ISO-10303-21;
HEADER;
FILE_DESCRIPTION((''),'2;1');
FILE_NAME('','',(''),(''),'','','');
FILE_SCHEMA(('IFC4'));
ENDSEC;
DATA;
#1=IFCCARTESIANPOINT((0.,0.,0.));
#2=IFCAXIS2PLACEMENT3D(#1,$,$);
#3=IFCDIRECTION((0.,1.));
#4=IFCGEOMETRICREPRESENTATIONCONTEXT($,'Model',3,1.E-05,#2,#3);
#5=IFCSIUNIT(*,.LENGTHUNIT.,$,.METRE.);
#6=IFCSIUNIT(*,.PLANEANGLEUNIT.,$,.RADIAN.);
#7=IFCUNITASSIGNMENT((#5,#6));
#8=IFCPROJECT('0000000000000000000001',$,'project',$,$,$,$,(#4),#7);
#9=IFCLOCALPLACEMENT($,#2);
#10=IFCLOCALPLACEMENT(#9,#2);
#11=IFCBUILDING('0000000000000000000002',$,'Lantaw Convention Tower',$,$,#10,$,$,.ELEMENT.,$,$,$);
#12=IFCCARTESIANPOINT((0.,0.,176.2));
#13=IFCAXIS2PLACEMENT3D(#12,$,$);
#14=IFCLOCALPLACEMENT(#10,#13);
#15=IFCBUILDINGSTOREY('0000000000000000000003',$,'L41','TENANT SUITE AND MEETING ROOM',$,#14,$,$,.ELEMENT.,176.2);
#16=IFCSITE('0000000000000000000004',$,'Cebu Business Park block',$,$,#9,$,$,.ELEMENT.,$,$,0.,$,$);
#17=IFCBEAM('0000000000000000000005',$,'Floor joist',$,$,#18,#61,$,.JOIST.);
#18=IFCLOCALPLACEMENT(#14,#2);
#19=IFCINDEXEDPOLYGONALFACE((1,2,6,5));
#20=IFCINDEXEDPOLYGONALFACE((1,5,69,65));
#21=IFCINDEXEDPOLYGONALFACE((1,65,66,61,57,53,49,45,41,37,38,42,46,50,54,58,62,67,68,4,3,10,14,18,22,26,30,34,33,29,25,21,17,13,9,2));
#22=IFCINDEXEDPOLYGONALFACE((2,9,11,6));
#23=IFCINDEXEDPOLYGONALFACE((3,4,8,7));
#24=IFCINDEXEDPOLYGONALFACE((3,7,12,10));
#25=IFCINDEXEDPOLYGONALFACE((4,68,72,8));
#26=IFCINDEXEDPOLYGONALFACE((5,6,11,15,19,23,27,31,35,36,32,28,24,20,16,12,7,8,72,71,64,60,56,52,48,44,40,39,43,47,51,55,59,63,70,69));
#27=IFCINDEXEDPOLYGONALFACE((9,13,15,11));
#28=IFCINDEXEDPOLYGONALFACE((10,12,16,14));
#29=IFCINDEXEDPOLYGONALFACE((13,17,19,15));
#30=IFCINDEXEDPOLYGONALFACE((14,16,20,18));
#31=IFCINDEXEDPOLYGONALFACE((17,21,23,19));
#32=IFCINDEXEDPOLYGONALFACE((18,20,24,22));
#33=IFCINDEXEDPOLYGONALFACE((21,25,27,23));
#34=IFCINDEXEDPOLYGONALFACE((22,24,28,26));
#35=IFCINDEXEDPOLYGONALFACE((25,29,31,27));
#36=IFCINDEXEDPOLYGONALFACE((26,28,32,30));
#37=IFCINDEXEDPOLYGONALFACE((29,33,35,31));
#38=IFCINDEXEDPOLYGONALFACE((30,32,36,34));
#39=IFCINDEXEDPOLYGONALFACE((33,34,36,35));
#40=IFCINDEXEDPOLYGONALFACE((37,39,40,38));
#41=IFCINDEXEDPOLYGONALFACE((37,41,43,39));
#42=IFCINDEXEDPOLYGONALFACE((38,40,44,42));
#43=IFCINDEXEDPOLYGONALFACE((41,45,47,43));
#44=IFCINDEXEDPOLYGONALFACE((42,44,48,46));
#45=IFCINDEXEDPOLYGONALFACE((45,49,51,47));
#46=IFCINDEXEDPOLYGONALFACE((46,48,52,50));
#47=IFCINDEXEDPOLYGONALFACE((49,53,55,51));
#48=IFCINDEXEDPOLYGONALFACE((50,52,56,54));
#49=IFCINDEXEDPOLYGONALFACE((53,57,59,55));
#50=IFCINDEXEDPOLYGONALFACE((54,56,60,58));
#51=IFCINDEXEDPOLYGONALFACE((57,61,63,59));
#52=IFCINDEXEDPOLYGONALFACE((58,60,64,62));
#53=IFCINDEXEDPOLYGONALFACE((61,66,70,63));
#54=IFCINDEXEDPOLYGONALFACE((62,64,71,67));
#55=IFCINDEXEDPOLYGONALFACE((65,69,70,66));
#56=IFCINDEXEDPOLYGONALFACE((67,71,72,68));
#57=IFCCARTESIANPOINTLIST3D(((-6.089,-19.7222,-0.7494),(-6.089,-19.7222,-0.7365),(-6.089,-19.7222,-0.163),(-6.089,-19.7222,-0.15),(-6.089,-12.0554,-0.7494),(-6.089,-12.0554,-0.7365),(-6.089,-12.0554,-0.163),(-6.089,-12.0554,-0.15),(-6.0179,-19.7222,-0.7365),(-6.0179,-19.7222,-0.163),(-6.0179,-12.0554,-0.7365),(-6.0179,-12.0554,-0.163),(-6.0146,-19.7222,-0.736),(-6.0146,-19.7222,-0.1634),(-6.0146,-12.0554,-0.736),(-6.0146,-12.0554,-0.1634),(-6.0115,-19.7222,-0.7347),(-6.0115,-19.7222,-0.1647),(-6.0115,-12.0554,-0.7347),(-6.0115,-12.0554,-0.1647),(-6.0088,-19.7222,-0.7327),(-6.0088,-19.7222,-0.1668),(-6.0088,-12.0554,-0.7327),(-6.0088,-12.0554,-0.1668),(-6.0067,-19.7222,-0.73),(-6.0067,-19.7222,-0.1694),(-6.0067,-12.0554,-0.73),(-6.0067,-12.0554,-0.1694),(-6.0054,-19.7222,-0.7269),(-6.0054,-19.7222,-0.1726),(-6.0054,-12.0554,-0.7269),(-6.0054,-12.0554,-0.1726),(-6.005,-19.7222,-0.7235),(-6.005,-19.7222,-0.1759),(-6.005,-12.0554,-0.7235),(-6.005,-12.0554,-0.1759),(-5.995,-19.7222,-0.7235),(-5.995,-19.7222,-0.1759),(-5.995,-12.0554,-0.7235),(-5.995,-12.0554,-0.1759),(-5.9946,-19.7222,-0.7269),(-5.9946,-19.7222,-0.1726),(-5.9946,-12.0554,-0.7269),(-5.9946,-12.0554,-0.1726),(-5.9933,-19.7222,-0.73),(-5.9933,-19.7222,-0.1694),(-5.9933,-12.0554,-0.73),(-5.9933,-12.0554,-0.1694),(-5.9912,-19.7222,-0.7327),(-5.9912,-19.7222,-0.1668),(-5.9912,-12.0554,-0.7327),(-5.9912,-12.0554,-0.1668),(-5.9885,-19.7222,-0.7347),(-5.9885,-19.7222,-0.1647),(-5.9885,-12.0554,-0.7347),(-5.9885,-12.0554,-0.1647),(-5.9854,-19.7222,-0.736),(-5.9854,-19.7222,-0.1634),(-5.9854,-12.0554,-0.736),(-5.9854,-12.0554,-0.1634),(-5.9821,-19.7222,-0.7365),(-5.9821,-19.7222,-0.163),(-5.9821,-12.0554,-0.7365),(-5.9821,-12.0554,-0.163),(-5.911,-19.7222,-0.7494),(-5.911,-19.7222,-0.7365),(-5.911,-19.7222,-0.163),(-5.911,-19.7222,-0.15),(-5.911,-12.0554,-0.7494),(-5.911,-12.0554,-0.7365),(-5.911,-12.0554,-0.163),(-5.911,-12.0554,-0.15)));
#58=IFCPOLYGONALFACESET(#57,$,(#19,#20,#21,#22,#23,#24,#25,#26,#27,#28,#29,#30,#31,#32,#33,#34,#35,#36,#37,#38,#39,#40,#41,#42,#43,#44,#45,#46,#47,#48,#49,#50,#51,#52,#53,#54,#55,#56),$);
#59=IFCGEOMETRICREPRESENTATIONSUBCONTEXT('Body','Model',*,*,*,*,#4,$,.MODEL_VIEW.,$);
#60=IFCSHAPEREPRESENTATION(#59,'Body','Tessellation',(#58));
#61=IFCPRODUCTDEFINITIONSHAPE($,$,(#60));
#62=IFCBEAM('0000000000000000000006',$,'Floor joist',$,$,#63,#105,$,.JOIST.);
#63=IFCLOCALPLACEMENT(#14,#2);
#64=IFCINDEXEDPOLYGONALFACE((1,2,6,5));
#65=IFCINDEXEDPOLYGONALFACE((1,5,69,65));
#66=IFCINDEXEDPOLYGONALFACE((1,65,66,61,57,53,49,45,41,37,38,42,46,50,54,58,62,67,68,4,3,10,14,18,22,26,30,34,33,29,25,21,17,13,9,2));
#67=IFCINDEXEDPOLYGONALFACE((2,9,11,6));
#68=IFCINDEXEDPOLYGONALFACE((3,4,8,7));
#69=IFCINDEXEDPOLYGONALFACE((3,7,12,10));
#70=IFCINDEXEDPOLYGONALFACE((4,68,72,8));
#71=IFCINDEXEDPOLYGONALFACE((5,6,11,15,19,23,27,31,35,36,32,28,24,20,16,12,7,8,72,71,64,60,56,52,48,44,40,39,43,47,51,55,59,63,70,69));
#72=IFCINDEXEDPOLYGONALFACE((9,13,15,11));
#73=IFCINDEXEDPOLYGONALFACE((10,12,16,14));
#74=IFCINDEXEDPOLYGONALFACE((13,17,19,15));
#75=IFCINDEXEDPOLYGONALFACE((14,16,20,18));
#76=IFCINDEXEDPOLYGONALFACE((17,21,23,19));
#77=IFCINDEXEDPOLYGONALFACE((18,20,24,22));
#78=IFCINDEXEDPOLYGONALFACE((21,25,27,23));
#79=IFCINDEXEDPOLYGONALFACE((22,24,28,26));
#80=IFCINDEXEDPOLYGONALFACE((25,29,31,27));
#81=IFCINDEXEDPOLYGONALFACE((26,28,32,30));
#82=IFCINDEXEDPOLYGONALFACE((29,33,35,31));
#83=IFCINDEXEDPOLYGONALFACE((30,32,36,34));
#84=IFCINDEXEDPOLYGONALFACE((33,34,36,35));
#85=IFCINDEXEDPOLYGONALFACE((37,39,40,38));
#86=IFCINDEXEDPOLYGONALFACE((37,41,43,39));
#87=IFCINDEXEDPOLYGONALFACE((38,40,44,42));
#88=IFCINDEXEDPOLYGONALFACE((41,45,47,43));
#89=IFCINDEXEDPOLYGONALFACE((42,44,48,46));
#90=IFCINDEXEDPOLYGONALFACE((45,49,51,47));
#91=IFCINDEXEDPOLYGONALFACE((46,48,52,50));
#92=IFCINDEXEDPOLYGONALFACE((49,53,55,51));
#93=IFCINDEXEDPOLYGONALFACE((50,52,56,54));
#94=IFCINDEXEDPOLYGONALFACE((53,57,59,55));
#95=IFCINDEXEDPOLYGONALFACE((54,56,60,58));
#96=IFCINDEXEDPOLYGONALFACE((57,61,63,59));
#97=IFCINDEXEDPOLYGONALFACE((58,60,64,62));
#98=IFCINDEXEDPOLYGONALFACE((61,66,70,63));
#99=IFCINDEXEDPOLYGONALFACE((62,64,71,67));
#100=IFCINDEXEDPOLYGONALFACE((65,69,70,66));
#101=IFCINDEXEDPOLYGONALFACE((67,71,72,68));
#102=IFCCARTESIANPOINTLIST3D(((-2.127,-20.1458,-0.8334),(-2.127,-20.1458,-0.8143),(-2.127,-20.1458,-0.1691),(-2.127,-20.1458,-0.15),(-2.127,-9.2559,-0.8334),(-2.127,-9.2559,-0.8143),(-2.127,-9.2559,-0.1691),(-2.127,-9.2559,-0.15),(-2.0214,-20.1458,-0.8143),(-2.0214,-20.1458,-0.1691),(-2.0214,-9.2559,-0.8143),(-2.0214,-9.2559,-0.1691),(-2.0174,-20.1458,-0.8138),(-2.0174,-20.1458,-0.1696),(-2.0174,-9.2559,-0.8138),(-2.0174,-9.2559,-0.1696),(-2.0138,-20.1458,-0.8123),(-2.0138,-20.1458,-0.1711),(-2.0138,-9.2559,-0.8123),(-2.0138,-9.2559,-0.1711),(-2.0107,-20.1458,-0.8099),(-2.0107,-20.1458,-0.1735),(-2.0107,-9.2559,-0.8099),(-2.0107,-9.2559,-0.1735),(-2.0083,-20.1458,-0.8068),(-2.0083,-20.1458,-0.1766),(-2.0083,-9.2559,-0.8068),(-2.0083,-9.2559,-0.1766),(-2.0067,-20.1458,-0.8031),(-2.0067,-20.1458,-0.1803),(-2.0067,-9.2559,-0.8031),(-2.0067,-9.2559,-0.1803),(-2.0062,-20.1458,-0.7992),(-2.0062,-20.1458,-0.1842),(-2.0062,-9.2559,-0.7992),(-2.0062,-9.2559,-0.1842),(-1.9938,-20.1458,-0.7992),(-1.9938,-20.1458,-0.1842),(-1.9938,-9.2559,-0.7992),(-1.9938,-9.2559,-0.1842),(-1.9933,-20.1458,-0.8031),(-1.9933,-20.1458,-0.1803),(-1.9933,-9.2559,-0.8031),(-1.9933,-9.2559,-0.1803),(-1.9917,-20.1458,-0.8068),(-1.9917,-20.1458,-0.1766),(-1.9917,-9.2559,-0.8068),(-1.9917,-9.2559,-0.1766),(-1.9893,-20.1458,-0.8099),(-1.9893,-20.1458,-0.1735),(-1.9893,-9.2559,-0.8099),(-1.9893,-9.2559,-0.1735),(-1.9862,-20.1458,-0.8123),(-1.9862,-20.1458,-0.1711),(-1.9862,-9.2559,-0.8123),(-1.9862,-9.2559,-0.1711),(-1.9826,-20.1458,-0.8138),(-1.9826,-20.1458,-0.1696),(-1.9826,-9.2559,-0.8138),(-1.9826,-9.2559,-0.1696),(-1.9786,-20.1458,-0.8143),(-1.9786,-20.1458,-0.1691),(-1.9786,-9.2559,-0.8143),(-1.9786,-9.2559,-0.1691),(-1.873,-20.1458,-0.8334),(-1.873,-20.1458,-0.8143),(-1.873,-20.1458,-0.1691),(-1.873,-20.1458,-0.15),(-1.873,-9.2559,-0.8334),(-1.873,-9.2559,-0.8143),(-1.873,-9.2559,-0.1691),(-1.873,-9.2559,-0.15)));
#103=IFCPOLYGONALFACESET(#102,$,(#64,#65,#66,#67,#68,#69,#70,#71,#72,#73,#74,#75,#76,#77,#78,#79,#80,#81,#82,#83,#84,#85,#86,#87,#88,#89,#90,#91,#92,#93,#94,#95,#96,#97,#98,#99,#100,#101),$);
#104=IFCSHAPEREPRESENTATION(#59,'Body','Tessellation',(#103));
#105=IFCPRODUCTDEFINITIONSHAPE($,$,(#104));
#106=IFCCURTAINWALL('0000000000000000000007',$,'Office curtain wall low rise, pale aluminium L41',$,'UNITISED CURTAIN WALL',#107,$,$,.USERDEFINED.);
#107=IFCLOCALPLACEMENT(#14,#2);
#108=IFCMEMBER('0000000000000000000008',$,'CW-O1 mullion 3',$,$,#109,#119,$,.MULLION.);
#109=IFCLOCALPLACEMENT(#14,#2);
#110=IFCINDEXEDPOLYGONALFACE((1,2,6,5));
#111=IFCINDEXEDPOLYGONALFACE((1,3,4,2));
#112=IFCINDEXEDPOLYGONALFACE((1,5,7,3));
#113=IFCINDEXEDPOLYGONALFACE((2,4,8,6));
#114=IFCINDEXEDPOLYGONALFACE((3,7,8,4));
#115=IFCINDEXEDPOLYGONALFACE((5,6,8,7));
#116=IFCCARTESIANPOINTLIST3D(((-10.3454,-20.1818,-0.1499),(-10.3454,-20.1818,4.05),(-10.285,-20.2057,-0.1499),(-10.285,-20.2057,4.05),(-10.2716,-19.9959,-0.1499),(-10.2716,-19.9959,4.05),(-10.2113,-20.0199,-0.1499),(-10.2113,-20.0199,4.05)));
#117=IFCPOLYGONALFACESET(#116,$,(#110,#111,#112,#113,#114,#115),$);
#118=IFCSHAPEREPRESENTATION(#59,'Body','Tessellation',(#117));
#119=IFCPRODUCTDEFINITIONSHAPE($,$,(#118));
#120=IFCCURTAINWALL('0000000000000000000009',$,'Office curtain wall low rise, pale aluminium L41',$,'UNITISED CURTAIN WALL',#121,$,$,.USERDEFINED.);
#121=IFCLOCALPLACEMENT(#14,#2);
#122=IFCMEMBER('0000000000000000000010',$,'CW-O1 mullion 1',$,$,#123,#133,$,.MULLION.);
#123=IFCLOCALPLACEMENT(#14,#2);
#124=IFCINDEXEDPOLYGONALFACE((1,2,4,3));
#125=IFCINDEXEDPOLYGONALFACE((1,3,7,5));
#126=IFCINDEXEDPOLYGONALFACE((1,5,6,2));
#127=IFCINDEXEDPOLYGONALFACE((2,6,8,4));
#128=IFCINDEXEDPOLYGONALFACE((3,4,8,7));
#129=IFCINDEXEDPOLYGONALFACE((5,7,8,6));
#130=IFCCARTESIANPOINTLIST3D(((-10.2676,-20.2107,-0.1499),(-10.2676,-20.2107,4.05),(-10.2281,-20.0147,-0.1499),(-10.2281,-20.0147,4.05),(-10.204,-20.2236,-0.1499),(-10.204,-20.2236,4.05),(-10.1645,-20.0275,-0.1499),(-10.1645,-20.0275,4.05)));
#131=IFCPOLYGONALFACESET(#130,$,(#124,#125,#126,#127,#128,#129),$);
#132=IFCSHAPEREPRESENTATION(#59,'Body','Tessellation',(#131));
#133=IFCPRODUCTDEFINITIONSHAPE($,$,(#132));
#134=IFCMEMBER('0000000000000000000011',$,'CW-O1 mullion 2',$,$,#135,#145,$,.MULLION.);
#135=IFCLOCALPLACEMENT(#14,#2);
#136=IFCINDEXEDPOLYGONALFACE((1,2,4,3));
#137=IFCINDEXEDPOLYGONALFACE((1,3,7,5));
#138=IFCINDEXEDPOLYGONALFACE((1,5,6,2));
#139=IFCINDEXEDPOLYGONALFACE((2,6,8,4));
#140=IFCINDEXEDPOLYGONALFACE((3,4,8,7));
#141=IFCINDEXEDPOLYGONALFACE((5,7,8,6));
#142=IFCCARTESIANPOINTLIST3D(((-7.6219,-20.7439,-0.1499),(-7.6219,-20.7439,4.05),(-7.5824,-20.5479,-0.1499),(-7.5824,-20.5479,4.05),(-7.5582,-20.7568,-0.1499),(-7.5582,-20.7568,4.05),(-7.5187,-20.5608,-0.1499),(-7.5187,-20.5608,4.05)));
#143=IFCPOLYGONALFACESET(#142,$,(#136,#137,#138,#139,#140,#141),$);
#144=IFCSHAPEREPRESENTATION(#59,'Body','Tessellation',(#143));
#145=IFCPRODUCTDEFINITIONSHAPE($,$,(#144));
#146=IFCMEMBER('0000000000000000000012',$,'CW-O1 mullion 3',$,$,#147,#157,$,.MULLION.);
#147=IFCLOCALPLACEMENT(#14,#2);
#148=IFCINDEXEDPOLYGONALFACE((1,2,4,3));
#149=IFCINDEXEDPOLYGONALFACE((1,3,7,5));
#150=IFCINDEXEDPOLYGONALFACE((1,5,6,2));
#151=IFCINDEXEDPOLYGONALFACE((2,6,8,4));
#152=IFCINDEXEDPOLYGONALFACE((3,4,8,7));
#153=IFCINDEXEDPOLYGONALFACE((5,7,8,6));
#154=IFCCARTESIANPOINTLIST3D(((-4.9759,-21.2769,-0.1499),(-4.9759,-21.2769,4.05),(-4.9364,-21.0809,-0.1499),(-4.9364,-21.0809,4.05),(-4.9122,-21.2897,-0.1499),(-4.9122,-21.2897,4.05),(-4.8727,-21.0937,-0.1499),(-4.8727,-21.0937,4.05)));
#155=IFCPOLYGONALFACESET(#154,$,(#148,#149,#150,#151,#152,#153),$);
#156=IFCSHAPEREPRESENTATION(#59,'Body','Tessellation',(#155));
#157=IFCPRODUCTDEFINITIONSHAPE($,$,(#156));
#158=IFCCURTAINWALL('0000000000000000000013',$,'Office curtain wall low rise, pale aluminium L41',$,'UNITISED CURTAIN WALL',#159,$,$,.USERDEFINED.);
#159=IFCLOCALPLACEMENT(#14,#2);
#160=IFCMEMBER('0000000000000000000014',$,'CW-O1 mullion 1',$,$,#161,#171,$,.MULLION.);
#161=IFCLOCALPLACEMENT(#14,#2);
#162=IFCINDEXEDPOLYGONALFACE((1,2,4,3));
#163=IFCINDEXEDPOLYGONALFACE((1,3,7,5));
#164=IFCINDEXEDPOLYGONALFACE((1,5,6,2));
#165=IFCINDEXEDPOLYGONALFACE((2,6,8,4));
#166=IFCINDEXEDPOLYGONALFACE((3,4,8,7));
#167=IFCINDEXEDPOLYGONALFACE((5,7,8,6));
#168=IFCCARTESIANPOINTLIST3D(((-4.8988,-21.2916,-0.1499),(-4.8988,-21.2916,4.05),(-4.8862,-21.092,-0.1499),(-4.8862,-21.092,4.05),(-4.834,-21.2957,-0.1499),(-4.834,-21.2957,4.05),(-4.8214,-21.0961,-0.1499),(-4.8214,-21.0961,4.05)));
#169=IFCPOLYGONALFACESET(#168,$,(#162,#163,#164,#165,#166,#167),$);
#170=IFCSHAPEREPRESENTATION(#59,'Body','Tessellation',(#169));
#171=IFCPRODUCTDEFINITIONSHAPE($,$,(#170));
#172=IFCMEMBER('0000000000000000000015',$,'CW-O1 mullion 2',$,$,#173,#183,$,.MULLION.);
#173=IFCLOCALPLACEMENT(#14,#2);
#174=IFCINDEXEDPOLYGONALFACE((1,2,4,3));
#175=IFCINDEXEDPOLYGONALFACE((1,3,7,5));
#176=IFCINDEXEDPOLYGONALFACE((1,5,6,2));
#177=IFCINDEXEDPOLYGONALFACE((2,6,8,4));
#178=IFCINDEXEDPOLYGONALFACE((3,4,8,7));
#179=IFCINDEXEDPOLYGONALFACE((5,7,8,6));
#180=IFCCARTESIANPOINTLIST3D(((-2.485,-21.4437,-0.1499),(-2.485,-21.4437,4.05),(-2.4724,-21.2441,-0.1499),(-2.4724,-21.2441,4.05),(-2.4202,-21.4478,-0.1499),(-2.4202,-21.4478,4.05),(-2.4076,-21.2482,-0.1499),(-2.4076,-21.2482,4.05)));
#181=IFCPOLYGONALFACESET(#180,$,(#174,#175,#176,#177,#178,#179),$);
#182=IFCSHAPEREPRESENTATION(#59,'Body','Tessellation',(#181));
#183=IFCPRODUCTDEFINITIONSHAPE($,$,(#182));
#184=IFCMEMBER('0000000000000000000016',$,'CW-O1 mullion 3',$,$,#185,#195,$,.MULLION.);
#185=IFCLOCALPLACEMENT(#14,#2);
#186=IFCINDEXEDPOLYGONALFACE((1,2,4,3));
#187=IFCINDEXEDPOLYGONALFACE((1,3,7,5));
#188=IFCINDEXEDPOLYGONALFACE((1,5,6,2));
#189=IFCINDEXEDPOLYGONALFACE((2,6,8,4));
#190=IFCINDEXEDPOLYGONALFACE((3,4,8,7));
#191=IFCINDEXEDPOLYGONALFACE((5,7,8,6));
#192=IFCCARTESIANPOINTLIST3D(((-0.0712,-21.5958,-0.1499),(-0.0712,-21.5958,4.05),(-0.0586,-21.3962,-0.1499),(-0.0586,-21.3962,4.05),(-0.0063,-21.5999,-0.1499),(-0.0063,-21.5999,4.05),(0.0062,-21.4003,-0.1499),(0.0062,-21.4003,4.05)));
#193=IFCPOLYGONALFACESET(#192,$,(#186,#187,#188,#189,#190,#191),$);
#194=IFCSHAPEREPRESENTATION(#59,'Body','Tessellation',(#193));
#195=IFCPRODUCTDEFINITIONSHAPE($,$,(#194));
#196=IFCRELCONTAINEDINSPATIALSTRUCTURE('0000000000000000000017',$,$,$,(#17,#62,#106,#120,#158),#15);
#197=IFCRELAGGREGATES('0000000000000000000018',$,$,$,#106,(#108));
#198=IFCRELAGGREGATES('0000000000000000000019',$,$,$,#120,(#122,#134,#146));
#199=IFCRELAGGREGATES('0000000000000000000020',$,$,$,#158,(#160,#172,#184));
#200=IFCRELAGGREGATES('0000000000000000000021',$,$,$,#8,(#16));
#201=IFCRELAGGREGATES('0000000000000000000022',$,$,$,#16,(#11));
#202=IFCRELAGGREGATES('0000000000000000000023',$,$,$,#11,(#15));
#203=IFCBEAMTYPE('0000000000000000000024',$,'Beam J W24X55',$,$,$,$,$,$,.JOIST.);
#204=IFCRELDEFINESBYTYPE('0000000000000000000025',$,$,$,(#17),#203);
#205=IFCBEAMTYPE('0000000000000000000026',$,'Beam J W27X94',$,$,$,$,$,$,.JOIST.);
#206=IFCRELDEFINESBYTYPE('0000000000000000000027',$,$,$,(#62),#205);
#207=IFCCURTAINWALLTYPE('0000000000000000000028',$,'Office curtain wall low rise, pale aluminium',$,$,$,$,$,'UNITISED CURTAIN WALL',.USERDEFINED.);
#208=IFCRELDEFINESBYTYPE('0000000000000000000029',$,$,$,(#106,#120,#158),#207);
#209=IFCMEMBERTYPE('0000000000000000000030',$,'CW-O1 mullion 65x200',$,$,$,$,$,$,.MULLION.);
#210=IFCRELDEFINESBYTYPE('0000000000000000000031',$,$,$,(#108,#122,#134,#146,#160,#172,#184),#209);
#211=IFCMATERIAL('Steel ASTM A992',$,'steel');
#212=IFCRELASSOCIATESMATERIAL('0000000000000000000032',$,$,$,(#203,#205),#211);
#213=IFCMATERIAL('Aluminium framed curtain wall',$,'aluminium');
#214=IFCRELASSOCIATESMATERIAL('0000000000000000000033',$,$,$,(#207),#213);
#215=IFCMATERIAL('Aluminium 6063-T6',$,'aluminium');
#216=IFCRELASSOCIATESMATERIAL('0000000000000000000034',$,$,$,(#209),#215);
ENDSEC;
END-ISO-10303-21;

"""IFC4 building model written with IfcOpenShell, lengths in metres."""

from ifc_helpers import new_model, si_unit, direction, frame, origin, origin_2d, place, context, subcontext, project, spatial, rectangle, i_section, extrude, material, material_profile, profile_set, type_object, element, aggregate, save


model = new_model("IFC4")

# Units and contexts
model_context = context("Model", 3, precision=1e-05, world=origin(), true_north=direction((0.0, 1.0)))
body_context = subcontext(model_context, "Body", "Model", "MODEL_VIEW")
ifc_project = project(units=[si_unit("LENGTHUNIT", "METRE"), si_unit("PLANEANGLEUNIT", "RADIAN")], contexts=[model_context])

# Site, building, storey
site_placement = place(None, origin())
site = spatial("IfcSite", under=ifc_project, at=site_placement, Name="Cebu Business Park block", CompositionType="ELEMENT", RefElevation=0.0)
building_placement = place(site_placement, origin())
building = spatial("IfcBuilding", under=site, at=building_placement, Name="Lantaw Convention Tower", CompositionType="ELEMENT")
storey_placement = place(building_placement, frame((0.0, 0.0, 176.2)))
storey = spatial("IfcBuildingStorey", under=building, at=storey_placement, Name="L41", Description="TENANT SUITE AND MEETING ROOM", CompositionType="ELEMENT", Elevation=176.2)

# Beams
ifc_material_1 = material(Name="Steel ASTM A992", Category="steel")
ifc_material_profile_1 = material_profile(ifc_material_1, i_section(OverallWidth=0.178, OverallDepth=0.5994, WebThickness=0.01, FlangeThickness=0.0129, FilletRadius=0.0129, at=origin_2d()), Name="W24X55")
ifc_profile_set_1 = profile_set([ifc_material_profile_1], Name="Steel ASTM A992")
beam_type_1 = type_object("IfcBeamType", Name="Beam J W24X55", PredefinedType="JOIST", material=ifc_profile_set_1)
beam_1_placement = place(storey_placement, frame((-6.0, -19.7222, -0.4497), z_axis=(0.0, 1.0, 0.0), x_axis=(-1.0, 0.0, 0.0)))
element("IfcBeam", 1, at=beam_1_placement, inside=storey, type_object=beam_type_1, Name="Floor joist", PredefinedType="JOIST", context=body_context, shape_type="SweptSolid", body=[
    extrude(i_section(OverallWidth=0.178, OverallDepth=0.5994, WebThickness=0.01, FlangeThickness=0.0129, FilletRadius=0.0129, at=origin_2d()), origin(), (0.0, 0.0, 1.0), 7.6667),
])
ifc_material_profile_2 = material_profile(ifc_material_1, i_section(OverallWidth=0.2539, OverallDepth=0.6833, WebThickness=0.0125, FlangeThickness=0.019, FilletRadius=0.0151, at=origin_2d()), Name="W27X94")
ifc_profile_set_2 = profile_set([ifc_material_profile_2], Name="Steel ASTM A992")
beam_type_2 = type_object("IfcBeamType", Name="Beam J W27X94", PredefinedType="JOIST", material=ifc_profile_set_2)
beam_2_placement = place(storey_placement, frame((-2.0, -20.1458, -0.4917), z_axis=(0.0, 1.0, 0.0), x_axis=(-1.0, 0.0, 0.0)))
element("IfcBeam", 2, at=beam_2_placement, inside=storey, type_object=beam_type_2, Name="Floor joist", PredefinedType="JOIST", context=body_context, shape_type="SweptSolid", body=[
    extrude(i_section(OverallWidth=0.2539, OverallDepth=0.6833, WebThickness=0.0125, FlangeThickness=0.019, FilletRadius=0.0151, at=origin_2d()), origin(), (0.0, 0.0, 1.0), 10.8899),
])

# Curtain wall, member
ifc_material_2 = material(Name="Aluminium framed curtain wall", Category="aluminium")
curtain_wall_type = type_object("IfcCurtainWallType", Name="Office curtain wall low rise, pale aluminium", ElementType="UNITISED CURTAIN WALL", PredefinedType="USERDEFINED", material=ifc_material_2)
curtain_wall_1_placement = place(storey_placement, origin())
curtain_wall_1 = element("IfcCurtainWall", 3, at=curtain_wall_1_placement, inside=storey, type_object=curtain_wall_type, Name="Office curtain wall low rise, pale aluminium L41", ObjectType="UNITISED CURTAIN WALL", PredefinedType="USERDEFINED")
ifc_material_3 = material(Name="Aluminium 6063-T6", Category="aluminium")
ifc_material_profile_3 = material_profile(ifc_material_3, rectangle(XDim=0.2, YDim=0.0649, at=origin_2d()), Name="CW-O1 mullion 65x200")
ifc_profile_set_3 = profile_set([ifc_material_profile_3], Name="Aluminium 6063-T6")
member_type_1 = type_object("IfcMemberType", Name="CW-O1 mullion 65x200", PredefinedType="MULLION", material=ifc_profile_set_3)
member_1_placement = place(storey_placement, frame((-10.2783, -20.1008, -0.1499), z_axis=(0.0, 0.0, 1.0), x_axis=(0.368702, 0.929548, 0.0)))
member_1 = element("IfcMember", 4, at=member_1_placement, type_object=member_type_1, Name="CW-O1 mullion 3", PredefinedType="MULLION", context=body_context, shape_type="SweptSolid", body=[
    extrude(rectangle(XDim=0.2, YDim=0.0649, at=origin_2d()), origin(), (0.0, 0.0, 1.0), 4.2),
])

# Curtain walls, members
curtain_wall_2_placement = place(storey_placement, origin())
curtain_wall_2 = element("IfcCurtainWall", 5, at=curtain_wall_2_placement, inside=storey, type_object=curtain_wall_type, Name="Office curtain wall low rise, pale aluminium L41", ObjectType="UNITISED CURTAIN WALL", PredefinedType="USERDEFINED")
member_2_placement = place(storey_placement, frame((-10.2161, -20.1191, -0.1499), z_axis=(0.0, 0.0, 1.0), x_axis=(0.197507, 0.980302, 0.0)))
member_2 = element("IfcMember", 6, at=member_2_placement, type_object=member_type_1, Name="CW-O1 mullion 1", PredefinedType="MULLION", context=body_context, shape_type="SweptSolid", body=[
    extrude(rectangle(XDim=0.2, YDim=0.0649, at=origin_2d()), origin(), (0.0, 0.0, 1.0), 4.2),
])
member_3_placement = place(storey_placement, frame((-7.5703, -20.6523, -0.1499), z_axis=(0.0, 0.0, 1.0), x_axis=(0.197507, 0.980302, 0.0)))
member_3 = element("IfcMember", 7, at=member_3_placement, type_object=member_type_1, Name="CW-O1 mullion 2", PredefinedType="MULLION", context=body_context, shape_type="SweptSolid", body=[
    extrude(rectangle(XDim=0.2, YDim=0.0649, at=origin_2d()), origin(), (0.0, 0.0, 1.0), 4.2),
])
member_4_placement = place(storey_placement, frame((-4.9243, -21.1853, -0.1499), z_axis=(0.0, 0.0, 1.0), x_axis=(0.197507, 0.980302, 0.0)))
member_4 = element("IfcMember", 8, at=member_4_placement, type_object=member_type_1, Name="CW-O1 mullion 3", PredefinedType="MULLION", context=body_context, shape_type="SweptSolid", body=[
    extrude(rectangle(XDim=0.2, YDim=0.0649, at=origin_2d()), origin(), (0.0, 0.0, 1.0), 4.2),
])
curtain_wall_3_placement = place(storey_placement, origin())
curtain_wall_3 = element("IfcCurtainWall", 9, at=curtain_wall_3_placement, inside=storey, type_object=curtain_wall_type, Name="Office curtain wall low rise, pale aluminium L41", ObjectType="UNITISED CURTAIN WALL", PredefinedType="USERDEFINED")
member_5_placement = place(storey_placement, frame((-4.8601, -21.1938, -0.1499), z_axis=(0.0, 0.0, 1.0), x_axis=(0.062865, 0.998022, 0.0)))
member_5 = element("IfcMember", 10, at=member_5_placement, type_object=member_type_1, Name="CW-O1 mullion 1", PredefinedType="MULLION", context=body_context, shape_type="SweptSolid", body=[
    extrude(rectangle(XDim=0.2, YDim=0.0649, at=origin_2d()), origin(), (0.0, 0.0, 1.0), 4.2),
])
member_6_placement = place(storey_placement, frame((-2.4463, -21.3459, -0.1499), z_axis=(0.0, 0.0, 1.0), x_axis=(0.062865, 0.998022, 0.0)))
member_6 = element("IfcMember", 11, at=member_6_placement, type_object=member_type_1, Name="CW-O1 mullion 2", PredefinedType="MULLION", context=body_context, shape_type="SweptSolid", body=[
    extrude(rectangle(XDim=0.2, YDim=0.0649, at=origin_2d()), origin(), (0.0, 0.0, 1.0), 4.2),
])
member_7_placement = place(storey_placement, frame((-0.0325, -21.498, -0.1499), z_axis=(0.0, 0.0, 1.0), x_axis=(0.062865, 0.998022, 0.0)))
member_7 = element("IfcMember", 12, at=member_7_placement, type_object=member_type_1, Name="CW-O1 mullion 3", PredefinedType="MULLION", context=body_context, shape_type="SweptSolid", body=[
    extrude(rectangle(XDim=0.2, YDim=0.0649, at=origin_2d()), origin(), (0.0, 0.0, 1.0), 4.2),
])

aggregate(curtain_wall_1, [member_1])
aggregate(curtain_wall_2, [member_2, member_3, member_4])
aggregate(curtain_wall_3, [member_5, member_6, member_7])

save(model, "model.ifc")
